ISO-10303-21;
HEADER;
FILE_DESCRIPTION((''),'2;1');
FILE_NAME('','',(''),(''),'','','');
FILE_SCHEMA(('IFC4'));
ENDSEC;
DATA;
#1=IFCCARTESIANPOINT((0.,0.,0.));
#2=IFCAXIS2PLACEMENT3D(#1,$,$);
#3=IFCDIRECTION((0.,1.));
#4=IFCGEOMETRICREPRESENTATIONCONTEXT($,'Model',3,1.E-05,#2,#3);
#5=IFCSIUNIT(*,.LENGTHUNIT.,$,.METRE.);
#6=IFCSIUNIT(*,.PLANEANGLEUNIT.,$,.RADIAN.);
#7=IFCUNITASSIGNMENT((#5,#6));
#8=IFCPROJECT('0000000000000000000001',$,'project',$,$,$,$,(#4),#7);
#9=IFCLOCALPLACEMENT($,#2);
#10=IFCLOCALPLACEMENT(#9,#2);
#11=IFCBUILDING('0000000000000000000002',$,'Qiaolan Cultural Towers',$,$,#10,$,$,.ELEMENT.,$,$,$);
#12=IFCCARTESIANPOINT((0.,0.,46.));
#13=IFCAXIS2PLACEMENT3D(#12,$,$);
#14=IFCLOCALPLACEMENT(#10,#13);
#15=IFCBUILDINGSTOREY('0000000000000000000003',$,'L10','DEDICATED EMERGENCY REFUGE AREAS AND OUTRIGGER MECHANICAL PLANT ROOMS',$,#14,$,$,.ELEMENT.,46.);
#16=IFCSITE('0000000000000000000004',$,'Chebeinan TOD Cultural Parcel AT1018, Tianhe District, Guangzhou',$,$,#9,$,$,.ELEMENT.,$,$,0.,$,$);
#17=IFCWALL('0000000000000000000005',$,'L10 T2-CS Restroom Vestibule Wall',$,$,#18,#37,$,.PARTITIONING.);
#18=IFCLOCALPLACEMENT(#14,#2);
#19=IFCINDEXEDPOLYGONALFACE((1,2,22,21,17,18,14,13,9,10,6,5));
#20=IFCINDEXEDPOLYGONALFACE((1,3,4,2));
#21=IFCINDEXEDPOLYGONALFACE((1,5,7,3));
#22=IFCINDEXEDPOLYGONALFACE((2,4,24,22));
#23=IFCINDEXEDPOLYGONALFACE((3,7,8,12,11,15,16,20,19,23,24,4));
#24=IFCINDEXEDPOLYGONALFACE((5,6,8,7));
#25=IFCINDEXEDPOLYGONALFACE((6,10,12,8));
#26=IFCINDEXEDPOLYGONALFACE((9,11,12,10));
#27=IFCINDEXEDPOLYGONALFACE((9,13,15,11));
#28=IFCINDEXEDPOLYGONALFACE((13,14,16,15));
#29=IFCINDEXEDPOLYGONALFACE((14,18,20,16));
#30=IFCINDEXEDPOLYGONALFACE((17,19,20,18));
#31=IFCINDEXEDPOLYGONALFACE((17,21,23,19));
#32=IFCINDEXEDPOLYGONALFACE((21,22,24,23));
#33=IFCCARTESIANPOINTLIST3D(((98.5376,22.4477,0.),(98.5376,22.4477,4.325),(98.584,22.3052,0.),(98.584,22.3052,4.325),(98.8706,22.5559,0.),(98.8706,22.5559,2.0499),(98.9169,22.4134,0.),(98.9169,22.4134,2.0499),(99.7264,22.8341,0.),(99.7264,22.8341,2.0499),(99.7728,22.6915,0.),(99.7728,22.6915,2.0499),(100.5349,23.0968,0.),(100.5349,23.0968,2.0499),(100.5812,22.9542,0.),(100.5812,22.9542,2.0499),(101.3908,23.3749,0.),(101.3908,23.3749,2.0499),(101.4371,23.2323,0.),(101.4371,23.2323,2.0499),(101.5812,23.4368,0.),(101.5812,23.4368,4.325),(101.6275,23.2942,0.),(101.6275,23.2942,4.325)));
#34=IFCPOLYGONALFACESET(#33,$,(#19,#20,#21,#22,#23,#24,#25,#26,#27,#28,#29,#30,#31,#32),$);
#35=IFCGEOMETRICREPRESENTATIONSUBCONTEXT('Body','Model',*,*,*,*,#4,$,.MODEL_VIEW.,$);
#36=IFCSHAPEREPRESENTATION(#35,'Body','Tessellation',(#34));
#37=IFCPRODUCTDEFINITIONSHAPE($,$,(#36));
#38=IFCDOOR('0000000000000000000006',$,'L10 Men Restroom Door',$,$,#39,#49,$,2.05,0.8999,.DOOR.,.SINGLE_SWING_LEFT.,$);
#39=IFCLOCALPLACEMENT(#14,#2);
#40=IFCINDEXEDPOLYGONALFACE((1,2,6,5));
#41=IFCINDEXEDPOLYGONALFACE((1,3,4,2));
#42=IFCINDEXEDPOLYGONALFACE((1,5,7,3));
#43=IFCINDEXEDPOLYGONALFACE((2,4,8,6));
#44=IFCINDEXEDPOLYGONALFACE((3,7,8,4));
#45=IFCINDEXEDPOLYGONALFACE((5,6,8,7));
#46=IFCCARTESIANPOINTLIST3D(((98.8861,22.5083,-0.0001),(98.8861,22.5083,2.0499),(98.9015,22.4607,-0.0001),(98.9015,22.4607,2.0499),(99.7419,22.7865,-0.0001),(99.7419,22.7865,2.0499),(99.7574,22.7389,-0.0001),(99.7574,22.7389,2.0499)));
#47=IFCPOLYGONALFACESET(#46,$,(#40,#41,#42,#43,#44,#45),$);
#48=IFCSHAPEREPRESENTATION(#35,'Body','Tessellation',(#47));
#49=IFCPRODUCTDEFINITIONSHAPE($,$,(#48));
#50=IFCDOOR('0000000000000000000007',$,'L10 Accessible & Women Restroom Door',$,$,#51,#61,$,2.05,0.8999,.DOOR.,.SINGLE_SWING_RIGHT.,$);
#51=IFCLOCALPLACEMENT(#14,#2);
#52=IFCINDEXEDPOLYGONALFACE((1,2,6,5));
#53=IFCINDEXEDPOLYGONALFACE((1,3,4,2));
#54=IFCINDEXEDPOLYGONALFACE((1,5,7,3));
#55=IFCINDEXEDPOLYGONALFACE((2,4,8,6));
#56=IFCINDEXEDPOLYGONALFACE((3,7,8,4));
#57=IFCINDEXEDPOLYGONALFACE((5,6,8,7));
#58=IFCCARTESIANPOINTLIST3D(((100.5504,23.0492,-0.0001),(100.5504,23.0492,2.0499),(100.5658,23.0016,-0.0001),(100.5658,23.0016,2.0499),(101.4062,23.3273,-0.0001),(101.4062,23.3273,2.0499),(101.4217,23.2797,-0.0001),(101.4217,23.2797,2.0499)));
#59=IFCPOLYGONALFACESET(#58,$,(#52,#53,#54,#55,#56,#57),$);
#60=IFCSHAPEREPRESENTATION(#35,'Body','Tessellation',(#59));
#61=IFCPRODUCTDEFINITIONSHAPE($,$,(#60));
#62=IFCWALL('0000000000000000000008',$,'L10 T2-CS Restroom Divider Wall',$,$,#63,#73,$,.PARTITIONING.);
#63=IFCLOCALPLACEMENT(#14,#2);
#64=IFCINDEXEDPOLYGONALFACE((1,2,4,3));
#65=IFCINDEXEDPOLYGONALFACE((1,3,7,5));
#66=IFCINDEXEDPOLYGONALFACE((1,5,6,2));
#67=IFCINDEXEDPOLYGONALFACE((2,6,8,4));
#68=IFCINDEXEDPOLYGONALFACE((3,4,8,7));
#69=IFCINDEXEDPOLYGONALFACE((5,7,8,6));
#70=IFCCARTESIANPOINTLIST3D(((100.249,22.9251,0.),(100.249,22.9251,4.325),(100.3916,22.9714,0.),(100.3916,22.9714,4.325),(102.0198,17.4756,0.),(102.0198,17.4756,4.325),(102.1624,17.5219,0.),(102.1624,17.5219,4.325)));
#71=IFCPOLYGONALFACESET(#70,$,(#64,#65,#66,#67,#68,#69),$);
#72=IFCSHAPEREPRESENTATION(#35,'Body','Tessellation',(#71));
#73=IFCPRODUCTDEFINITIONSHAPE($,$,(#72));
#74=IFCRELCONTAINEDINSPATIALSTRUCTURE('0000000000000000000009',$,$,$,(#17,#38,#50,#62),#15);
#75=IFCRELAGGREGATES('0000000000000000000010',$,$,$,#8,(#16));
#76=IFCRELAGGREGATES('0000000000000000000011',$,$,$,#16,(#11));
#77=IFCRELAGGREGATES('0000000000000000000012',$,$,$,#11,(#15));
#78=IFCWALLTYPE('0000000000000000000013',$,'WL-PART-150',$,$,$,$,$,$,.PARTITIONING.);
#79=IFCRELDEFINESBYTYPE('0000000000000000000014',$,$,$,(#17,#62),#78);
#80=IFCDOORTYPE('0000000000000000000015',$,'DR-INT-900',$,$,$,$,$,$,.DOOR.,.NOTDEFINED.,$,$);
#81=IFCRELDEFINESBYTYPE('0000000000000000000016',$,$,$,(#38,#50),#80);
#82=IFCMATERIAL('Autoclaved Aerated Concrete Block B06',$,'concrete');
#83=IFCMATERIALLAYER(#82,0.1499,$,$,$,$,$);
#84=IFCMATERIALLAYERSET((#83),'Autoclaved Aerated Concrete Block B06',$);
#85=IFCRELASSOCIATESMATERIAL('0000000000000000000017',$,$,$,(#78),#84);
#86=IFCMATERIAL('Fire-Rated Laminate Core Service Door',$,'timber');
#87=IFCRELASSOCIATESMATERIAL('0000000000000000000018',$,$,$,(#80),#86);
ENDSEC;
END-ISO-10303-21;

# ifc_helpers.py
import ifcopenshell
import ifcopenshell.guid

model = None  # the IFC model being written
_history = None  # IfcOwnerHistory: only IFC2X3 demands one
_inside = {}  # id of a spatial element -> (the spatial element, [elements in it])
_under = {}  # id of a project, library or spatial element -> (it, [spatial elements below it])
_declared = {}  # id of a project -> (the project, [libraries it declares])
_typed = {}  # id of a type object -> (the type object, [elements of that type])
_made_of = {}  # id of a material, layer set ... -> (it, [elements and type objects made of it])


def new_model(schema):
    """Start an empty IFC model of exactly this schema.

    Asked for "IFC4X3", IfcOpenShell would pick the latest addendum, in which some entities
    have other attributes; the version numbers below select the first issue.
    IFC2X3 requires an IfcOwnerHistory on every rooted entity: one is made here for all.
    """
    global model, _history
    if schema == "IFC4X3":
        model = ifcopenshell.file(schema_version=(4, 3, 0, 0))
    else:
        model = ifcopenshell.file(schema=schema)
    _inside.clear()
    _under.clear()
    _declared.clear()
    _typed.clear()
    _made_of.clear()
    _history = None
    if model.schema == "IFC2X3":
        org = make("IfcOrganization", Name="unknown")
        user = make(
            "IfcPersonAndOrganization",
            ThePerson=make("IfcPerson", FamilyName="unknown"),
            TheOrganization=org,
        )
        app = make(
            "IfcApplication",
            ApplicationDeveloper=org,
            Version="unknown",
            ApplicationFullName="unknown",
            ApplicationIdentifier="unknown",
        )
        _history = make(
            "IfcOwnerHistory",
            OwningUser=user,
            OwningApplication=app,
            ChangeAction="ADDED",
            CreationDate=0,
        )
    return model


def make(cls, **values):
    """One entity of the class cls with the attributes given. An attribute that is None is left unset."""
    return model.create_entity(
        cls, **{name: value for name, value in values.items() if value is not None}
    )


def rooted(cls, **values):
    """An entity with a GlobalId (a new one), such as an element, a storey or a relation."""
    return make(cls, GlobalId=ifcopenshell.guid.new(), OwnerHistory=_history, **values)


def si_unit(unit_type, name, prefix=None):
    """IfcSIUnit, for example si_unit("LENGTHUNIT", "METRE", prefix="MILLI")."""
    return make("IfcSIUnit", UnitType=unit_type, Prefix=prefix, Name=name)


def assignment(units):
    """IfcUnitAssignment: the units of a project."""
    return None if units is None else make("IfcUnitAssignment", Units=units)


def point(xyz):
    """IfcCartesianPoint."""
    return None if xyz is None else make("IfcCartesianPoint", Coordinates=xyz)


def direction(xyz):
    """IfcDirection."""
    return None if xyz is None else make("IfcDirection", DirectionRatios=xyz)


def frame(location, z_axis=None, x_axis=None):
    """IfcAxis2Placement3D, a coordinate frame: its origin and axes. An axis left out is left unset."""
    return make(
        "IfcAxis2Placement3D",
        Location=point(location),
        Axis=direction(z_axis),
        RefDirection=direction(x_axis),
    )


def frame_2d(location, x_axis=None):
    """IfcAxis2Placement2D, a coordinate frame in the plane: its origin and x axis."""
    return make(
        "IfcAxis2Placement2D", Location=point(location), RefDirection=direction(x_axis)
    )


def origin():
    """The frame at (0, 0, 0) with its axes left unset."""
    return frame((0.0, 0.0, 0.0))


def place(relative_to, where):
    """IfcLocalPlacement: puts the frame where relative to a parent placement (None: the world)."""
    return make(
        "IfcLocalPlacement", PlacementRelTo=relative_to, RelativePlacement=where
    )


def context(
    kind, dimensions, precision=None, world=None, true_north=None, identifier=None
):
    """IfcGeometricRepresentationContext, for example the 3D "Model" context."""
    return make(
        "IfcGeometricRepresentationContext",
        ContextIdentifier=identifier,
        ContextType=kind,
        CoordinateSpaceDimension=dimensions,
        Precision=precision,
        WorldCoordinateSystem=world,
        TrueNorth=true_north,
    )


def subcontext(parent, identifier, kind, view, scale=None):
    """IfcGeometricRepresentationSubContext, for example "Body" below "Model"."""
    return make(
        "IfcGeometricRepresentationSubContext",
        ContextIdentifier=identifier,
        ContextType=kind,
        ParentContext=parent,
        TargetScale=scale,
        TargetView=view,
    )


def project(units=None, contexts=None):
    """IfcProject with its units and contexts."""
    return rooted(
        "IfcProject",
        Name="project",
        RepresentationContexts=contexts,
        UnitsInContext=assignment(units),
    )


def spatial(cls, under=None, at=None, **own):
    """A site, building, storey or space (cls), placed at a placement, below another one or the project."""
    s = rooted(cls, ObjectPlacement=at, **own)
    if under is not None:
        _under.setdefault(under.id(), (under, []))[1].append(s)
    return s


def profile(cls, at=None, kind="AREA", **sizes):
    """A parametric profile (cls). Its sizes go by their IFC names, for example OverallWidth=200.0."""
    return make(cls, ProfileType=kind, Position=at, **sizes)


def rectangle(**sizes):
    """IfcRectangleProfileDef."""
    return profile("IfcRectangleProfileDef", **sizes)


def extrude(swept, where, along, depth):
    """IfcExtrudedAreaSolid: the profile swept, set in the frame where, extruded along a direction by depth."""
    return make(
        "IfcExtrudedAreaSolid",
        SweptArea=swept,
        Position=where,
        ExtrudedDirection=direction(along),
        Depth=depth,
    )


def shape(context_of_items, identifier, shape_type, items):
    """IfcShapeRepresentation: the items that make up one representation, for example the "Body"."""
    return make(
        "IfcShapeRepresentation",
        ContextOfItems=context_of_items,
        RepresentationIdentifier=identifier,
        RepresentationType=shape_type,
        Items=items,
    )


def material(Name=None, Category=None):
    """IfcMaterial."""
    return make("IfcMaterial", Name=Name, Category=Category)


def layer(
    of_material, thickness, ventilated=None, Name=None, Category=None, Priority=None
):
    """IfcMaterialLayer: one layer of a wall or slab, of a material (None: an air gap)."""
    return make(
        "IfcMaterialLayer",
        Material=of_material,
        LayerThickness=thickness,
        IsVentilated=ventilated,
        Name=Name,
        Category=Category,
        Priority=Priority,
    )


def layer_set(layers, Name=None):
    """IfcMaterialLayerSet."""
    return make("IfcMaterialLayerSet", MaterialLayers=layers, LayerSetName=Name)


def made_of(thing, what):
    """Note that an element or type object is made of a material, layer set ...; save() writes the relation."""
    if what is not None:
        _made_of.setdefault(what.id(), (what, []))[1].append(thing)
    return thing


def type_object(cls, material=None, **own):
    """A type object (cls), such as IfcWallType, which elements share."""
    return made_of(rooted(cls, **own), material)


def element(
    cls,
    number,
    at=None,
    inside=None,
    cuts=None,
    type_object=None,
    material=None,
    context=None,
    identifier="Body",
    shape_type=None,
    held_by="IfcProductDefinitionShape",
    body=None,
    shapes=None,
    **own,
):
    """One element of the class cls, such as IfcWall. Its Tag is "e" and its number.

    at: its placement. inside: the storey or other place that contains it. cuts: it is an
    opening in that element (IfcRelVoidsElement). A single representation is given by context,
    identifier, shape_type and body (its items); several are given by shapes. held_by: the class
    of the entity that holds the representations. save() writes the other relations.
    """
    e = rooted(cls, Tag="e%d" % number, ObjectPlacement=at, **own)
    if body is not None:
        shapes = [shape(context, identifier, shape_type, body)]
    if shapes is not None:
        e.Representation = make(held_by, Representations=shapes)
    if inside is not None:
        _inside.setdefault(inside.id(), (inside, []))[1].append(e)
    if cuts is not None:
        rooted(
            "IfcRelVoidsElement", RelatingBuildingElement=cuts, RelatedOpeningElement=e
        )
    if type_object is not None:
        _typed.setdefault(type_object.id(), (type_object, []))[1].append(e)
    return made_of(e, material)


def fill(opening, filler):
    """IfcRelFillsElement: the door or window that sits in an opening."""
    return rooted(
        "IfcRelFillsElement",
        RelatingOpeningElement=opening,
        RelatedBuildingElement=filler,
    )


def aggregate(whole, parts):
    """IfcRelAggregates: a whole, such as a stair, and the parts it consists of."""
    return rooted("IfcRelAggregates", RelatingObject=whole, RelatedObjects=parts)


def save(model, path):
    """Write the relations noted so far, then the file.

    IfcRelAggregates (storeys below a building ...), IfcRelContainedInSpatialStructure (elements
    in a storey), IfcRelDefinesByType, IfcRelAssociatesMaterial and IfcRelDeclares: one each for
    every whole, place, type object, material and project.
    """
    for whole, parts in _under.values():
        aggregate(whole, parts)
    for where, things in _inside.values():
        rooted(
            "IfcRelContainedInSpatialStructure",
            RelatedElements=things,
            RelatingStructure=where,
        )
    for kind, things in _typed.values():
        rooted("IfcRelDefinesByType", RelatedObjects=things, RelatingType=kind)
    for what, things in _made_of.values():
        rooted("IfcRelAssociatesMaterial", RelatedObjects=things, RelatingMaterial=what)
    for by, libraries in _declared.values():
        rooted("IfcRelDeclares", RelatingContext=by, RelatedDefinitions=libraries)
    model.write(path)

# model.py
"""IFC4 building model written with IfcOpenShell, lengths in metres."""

from ifc_helpers import new_model, si_unit, direction, frame, frame_2d, origin, place, context, subcontext, project, spatial, rectangle, extrude, material, layer, layer_set, type_object, element, fill, save


model = new_model("IFC4")

# Units and contexts
model_context = context("Model", 3, precision=1e-05, world=origin(), true_north=direction((0.0, 1.0)))
body_context = subcontext(model_context, "Body", "Model", "MODEL_VIEW")
ifc_project = project(units=[si_unit("LENGTHUNIT", "METRE"), si_unit("PLANEANGLEUNIT", "RADIAN")], contexts=[model_context])

# Site, building, storey
site_placement = place(None, origin())
site = spatial("IfcSite", under=ifc_project, at=site_placement, Name="Chebeinan TOD Cultural Parcel AT1018, Tianhe District, Guangzhou", CompositionType="ELEMENT", RefElevation=0.0)
building_placement = place(site_placement, origin())
building = spatial("IfcBuilding", under=site, at=building_placement, Name="Qiaolan Cultural Towers", CompositionType="ELEMENT")
storey_placement = place(building_placement, frame((0.0, 0.0, 46.0)))
storey = spatial("IfcBuildingStorey", under=building, at=storey_placement, Name="L10", Description="DEDICATED EMERGENCY REFUGE AREAS AND OUTRIGGER MECHANICAL PLANT ROOMS", CompositionType="ELEMENT", Elevation=46.0)

# Shared definitions
ifc_material_1 = material(Name="Autoclaved Aerated Concrete Block B06", Category="concrete")
ifc_layer_1 = layer(ifc_material_1, 0.1499)
ifc_layer_set_1 = layer_set([ifc_layer_1], Name="Autoclaved Aerated Concrete Block B06")
wall_type_1 = type_object("IfcWallType", Name="WL-PART-150", PredefinedType="PARTITIONING", material=ifc_layer_set_1)

# Wall, openings, doors
wall_1_placement = place(storey_placement, frame((98.5608, 22.3765, 0.0), z_axis=(0.0, 0.0, 1.0), x_axis=(0.951044, 0.309055, 0.0)))
wall_1 = element("IfcWall", 1, at=wall_1_placement, inside=storey, type_object=wall_type_1, Name="L10 T2-CS Restroom Vestibule Wall", PredefinedType="PARTITIONING", context=body_context, shape_type="SweptSolid", body=[
    extrude(rectangle(XDim=3.2002, YDim=0.1499, at=frame_2d((1.6001, 0.0))), origin(), (0.0, 0.0, 1.0), 4.325),
])
opening_1_placement = place(wall_1_placement, frame((0.3501, 0.0, 0.0)))
opening_1 = element("IfcOpeningElement", 2, at=opening_1_placement, cuts=wall_1, PredefinedType="OPENING", context=body_context, shape_type="SweptSolid", body=[
    extrude(rectangle(XDim=0.8999, YDim=2.05, at=frame_2d((0.45, 1.0249))), frame((0.0, 0.085, 0.0), z_axis=(0.0, -1.0, 0.0), x_axis=(1.0, 0.0, 0.0)), (0.0, 0.0, 1.0), 0.1699),
])
opening_2_placement = place(wall_1_placement, frame((2.1001, 0.0, 0.0)))
opening_2 = element("IfcOpeningElement", 3, at=opening_2_placement, cuts=wall_1, PredefinedType="OPENING", context=body_context, shape_type="SweptSolid", body=[
    extrude(rectangle(XDim=0.8999, YDim=2.05, at=frame_2d((0.45, 1.0249))), frame((0.0, 0.085, 0.0), z_axis=(0.0, -1.0, 0.0), x_axis=(1.0, 0.0, 0.0)), (0.0, 0.0, 1.0), 0.1699),
])
ifc_material_2 = material(Name="Fire-Rated Laminate Core Service Door", Category="timber")
door_type_1 = type_object("IfcDoorType", Name="DR-INT-900", OperationType="NOTDEFINED", PredefinedType="DOOR", material=ifc_material_2)
door_1_placement = place(opening_1_placement, origin())
door_1 = element("IfcDoor", 4, at=door_1_placement, inside=storey, type_object=door_type_1, Name="L10 Men Restroom Door", OperationType="SINGLE_SWING_LEFT", OverallHeight=2.05, OverallWidth=0.8999, PredefinedType="DOOR", context=body_context, shape_type="SweptSolid", body=[
    extrude(rectangle(XDim=0.8999, YDim=2.05, at=frame_2d((0.45, 1.0249))), frame((0.0, 0.0249, 0.0), z_axis=(0.0, -1.0, 0.0), x_axis=(1.0, 0.0, 0.0)), (0.0, 0.0, 1.0), 0.05),
])
fill(opening_1, door_1)
door_2_placement = place(opening_2_placement, origin())
door_2 = element("IfcDoor", 5, at=door_2_placement, inside=storey, type_object=door_type_1, Name="L10 Accessible & Women Restroom Door", OperationType="SINGLE_SWING_RIGHT", OverallHeight=2.05, OverallWidth=0.8999, PredefinedType="DOOR", context=body_context, shape_type="SweptSolid", body=[
    extrude(rectangle(XDim=0.8999, YDim=2.05, at=frame_2d((0.45, 1.0249))), frame((0.0, 0.0249, 0.0), z_axis=(0.0, -1.0, 0.0), x_axis=(1.0, 0.0, 0.0)), (0.0, 0.0, 1.0), 0.05),
])
fill(opening_2, door_2)

# Wall
wall_2_placement = place(storey_placement, frame((100.3203, 22.9482, 0.0), z_axis=(0.0, 0.0, 1.0), x_axis=(0.309035, -0.951051, 0.0)))
element("IfcWall", 6, at=wall_2_placement, inside=storey, type_object=wall_type_1, Name="L10 T2-CS Restroom Divider Wall", PredefinedType="PARTITIONING", context=body_context, shape_type="SweptSolid", body=[
    extrude(rectangle(XDim=5.73, YDim=0.1499, at=frame_2d((2.865, 0.0))), origin(), (0.0, 0.0, 1.0), 4.325),
])

save(model, "model.ifc")
